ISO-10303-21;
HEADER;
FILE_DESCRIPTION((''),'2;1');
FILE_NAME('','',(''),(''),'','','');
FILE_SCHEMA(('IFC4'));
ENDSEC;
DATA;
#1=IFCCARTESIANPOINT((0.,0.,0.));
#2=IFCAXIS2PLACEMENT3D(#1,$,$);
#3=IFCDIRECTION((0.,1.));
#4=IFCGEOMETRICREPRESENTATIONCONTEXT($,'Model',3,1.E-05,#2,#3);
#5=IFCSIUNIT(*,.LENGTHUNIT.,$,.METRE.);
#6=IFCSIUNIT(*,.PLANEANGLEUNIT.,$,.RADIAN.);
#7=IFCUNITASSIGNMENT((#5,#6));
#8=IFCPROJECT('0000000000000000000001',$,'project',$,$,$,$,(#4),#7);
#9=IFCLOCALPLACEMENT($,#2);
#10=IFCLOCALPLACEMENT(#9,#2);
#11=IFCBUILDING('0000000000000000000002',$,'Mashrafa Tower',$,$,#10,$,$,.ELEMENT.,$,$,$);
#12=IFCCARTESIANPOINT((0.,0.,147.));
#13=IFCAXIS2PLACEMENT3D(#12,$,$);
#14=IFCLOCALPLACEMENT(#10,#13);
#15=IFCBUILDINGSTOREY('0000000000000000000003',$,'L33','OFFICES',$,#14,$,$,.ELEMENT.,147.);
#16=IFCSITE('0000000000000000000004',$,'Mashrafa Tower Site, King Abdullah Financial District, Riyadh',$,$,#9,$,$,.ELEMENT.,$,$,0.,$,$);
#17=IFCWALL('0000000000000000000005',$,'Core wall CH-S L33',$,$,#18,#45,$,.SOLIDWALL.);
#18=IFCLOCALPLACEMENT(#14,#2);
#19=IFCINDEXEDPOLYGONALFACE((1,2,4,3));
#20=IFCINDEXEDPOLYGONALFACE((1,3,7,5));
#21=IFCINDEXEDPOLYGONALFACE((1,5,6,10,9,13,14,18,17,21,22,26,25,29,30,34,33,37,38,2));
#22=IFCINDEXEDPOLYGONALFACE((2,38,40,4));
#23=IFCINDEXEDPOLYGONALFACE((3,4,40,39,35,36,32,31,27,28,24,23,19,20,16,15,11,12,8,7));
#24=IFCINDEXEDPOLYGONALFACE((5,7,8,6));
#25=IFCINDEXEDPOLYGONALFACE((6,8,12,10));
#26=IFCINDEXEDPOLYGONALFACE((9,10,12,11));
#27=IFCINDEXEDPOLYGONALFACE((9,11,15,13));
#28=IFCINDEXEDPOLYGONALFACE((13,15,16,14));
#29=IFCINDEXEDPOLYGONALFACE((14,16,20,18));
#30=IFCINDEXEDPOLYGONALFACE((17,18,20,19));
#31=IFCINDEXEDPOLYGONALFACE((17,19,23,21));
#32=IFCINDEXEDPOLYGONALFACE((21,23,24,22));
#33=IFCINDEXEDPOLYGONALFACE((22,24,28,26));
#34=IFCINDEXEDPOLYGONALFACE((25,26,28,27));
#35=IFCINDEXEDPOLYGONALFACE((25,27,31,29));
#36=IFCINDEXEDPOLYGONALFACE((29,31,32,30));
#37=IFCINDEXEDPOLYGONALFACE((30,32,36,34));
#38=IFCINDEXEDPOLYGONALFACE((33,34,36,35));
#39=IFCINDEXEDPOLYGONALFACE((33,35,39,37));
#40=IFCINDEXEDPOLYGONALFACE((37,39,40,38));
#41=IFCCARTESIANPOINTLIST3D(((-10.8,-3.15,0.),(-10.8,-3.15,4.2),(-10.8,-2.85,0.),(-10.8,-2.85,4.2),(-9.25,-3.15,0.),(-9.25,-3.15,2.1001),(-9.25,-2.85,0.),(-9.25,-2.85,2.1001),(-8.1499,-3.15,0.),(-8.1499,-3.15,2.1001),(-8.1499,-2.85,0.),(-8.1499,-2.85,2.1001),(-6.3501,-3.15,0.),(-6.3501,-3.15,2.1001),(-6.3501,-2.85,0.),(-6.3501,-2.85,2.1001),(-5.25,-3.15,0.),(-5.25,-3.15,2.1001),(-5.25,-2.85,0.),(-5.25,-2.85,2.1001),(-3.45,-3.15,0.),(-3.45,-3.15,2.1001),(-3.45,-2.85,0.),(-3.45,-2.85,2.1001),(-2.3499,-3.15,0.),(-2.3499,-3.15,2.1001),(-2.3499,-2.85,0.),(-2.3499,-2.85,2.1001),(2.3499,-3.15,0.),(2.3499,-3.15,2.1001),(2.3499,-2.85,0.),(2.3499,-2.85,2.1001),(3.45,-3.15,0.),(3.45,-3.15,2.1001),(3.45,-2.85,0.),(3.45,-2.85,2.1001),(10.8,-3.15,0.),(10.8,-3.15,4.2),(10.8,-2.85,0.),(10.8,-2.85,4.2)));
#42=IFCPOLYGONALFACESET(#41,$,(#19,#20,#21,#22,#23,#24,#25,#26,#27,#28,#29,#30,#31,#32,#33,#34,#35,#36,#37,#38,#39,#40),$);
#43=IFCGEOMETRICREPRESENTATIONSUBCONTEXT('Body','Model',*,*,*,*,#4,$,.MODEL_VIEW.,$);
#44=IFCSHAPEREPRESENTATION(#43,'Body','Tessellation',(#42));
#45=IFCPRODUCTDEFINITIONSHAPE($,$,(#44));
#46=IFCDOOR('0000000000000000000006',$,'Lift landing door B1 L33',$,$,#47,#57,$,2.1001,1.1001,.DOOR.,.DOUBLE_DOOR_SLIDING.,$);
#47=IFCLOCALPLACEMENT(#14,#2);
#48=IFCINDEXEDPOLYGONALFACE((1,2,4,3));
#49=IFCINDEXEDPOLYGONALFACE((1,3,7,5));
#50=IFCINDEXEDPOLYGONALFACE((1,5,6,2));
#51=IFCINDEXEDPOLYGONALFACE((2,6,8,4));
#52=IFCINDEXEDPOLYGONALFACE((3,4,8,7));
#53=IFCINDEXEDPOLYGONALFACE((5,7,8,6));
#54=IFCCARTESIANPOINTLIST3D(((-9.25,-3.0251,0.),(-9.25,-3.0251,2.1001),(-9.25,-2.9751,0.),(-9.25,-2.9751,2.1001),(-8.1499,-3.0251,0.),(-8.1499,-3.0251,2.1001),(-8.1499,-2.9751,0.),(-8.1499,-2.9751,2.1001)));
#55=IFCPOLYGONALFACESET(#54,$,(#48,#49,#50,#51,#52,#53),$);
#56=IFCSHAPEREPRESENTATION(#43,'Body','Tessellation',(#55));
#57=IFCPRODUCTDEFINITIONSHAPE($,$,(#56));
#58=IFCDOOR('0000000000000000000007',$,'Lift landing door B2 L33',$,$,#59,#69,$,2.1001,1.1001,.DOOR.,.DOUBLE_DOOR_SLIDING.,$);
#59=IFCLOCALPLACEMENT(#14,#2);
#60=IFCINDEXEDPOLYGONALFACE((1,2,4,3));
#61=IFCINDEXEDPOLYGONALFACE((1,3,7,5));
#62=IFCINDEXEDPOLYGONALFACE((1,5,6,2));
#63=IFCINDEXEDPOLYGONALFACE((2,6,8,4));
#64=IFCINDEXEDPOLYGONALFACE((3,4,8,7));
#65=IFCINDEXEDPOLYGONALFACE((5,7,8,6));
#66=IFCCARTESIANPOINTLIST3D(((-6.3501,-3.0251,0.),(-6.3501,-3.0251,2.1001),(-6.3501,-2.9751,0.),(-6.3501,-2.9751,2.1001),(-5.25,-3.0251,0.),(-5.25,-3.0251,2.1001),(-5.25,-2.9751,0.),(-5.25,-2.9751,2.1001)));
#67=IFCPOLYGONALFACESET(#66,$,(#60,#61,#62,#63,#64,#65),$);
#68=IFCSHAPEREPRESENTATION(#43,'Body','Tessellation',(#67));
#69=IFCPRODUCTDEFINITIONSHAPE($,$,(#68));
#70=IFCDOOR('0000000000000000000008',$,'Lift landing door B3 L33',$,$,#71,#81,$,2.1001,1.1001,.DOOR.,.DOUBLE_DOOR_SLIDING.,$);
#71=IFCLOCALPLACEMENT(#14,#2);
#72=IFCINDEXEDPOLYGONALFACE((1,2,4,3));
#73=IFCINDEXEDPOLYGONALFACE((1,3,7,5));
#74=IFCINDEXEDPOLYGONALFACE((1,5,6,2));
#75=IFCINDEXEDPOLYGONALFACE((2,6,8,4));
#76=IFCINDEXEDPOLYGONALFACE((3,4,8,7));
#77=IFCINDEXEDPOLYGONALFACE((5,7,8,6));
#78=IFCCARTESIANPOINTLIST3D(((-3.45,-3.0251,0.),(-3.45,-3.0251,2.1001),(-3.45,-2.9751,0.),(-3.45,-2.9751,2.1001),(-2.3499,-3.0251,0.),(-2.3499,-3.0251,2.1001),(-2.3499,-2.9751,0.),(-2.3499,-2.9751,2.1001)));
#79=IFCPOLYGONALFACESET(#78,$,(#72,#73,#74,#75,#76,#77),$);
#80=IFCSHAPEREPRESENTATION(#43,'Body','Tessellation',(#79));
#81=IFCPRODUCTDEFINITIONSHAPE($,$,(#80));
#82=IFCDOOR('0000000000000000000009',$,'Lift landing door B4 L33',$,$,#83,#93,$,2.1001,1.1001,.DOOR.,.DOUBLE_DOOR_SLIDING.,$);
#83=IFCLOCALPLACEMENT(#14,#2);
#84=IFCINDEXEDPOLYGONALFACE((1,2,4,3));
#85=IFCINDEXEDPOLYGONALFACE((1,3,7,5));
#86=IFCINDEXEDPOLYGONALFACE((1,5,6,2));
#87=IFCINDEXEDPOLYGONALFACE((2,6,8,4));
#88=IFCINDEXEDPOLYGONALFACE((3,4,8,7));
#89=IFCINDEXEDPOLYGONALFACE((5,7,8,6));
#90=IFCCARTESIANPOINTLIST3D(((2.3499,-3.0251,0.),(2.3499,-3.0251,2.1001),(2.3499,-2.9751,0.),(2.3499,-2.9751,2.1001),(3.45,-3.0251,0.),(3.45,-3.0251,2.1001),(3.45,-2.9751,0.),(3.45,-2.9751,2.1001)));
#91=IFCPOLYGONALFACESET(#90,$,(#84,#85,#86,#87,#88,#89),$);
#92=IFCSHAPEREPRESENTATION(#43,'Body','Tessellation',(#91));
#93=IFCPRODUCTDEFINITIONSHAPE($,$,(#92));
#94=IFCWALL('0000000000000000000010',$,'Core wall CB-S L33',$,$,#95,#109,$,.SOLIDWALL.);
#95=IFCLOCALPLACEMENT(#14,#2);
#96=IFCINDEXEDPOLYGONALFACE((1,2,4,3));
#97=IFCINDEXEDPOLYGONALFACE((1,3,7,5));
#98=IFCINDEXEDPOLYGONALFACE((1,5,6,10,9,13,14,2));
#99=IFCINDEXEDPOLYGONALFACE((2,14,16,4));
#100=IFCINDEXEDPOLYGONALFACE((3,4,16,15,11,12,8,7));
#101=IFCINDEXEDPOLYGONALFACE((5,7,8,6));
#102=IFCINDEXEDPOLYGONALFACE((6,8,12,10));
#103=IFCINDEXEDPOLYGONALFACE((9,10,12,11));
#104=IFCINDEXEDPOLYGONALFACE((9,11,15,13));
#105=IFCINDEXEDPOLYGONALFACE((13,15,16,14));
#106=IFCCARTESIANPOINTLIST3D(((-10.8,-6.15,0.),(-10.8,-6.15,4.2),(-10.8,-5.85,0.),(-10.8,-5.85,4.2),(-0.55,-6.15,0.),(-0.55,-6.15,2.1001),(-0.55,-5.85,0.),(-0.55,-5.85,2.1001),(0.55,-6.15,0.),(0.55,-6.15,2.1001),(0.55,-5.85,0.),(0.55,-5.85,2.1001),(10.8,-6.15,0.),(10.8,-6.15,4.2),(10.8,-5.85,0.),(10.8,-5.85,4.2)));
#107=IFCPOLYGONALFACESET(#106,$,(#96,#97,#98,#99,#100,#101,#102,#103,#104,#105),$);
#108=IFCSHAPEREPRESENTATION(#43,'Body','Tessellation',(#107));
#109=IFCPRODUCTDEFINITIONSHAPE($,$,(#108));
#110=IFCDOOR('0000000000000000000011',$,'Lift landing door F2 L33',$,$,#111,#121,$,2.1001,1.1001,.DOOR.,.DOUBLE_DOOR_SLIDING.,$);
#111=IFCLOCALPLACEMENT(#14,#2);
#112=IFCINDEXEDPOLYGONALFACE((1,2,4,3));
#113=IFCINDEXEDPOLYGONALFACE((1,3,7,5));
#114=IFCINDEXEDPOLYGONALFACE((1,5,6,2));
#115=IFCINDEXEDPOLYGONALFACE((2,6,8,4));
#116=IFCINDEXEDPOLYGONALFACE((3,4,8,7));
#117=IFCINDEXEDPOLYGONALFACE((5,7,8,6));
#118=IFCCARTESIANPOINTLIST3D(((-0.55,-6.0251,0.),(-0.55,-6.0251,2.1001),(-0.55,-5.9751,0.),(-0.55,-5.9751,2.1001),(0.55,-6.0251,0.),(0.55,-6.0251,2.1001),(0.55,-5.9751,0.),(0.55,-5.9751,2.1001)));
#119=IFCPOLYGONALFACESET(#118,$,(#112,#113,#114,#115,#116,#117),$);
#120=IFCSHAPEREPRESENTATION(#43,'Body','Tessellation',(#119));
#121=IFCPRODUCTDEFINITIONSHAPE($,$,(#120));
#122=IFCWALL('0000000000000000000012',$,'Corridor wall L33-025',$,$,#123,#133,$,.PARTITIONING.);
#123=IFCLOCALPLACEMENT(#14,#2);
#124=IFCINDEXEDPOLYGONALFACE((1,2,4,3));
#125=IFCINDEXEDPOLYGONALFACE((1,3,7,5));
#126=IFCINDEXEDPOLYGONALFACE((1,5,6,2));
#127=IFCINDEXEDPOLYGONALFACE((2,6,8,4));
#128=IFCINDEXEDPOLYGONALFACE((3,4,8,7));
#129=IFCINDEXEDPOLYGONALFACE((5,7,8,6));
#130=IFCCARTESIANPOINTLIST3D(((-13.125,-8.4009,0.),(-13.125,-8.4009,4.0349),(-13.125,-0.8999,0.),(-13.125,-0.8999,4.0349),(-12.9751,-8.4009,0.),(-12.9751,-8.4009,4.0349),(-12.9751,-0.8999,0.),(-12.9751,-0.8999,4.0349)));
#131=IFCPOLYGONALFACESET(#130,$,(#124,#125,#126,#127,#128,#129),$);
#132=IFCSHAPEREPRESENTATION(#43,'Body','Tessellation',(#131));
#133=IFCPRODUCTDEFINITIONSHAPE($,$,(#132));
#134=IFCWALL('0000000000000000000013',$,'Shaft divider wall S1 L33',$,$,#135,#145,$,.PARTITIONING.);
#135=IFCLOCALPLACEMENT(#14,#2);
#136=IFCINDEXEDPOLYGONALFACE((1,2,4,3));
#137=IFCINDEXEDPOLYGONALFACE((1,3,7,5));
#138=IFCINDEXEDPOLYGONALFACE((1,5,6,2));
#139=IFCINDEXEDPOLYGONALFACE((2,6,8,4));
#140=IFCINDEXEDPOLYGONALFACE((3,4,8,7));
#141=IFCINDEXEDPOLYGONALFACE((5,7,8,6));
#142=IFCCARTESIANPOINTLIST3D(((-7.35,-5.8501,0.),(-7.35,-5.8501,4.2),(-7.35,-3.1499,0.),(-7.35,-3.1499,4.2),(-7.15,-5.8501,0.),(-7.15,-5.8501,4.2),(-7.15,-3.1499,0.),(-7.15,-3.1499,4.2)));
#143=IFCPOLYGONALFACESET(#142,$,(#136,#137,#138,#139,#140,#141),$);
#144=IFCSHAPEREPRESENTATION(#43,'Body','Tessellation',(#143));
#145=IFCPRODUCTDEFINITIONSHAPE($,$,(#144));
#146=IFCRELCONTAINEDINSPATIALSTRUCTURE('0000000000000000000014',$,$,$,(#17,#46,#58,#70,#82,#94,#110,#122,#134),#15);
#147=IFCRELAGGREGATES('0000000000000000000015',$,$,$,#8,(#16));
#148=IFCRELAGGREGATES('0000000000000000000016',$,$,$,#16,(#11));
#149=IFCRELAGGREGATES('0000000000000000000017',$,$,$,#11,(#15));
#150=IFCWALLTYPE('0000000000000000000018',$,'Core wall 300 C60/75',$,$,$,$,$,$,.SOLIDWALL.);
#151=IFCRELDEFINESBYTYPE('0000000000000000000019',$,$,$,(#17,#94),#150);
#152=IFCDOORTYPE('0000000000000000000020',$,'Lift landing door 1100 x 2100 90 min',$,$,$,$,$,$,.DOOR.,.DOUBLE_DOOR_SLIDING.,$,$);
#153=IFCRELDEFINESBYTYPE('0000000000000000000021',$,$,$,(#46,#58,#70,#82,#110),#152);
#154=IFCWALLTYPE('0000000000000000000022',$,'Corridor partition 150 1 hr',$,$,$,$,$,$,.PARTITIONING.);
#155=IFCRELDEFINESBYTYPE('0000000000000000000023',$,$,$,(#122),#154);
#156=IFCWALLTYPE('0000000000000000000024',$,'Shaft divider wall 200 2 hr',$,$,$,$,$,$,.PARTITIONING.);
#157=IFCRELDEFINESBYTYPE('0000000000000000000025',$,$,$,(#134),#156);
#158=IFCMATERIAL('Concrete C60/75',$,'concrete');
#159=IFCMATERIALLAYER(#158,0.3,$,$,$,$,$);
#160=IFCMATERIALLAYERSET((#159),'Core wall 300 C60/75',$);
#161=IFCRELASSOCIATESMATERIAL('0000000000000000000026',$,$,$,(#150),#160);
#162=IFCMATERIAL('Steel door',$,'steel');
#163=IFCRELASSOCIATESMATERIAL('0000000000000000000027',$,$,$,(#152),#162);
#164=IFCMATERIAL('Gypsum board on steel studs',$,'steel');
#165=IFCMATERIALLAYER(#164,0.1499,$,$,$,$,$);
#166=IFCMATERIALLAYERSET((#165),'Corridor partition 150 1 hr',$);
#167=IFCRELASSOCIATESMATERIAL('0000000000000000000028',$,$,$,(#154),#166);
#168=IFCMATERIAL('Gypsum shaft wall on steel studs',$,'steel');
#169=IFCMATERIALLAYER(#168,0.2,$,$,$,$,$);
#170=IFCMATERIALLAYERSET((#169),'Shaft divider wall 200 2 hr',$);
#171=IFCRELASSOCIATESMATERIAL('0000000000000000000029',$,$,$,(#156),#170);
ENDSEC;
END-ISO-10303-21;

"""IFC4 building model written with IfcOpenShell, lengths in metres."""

from ifc_helpers import new_model, si_unit, direction, frame, frame_2d, origin, place, context, subcontext, project, spatial, rectangle, extrude, material, layer, layer_set, type_object, element, fill, save


model = new_model("IFC4")

# Units and contexts
model_context = context("Model", 3, precision=1e-05, world=origin(), true_north=direction((0.0, 1.0)))
body_context = subcontext(model_context, "Body", "Model", "MODEL_VIEW")
ifc_project = project(units=[si_unit("LENGTHUNIT", "METRE"), si_unit("PLANEANGLEUNIT", "RADIAN")], contexts=[model_context])

# Site, building, storey
site_placement = place(None, origin())
site = spatial("IfcSite", under=ifc_project, at=site_placement, Name="Mashrafa Tower Site, King Abdullah Financial District, Riyadh", CompositionType="ELEMENT", RefElevation=0.0)
building_placement = place(site_placement, origin())
building = spatial("IfcBuilding", under=site, at=building_placement, Name="Mashrafa Tower", CompositionType="ELEMENT")
storey_placement = place(building_placement, frame((0.0, 0.0, 147.0)))
storey = spatial("IfcBuildingStorey", under=building, at=storey_placement, Name="L33", Description="OFFICES", CompositionType="ELEMENT", Elevation=147.0)

# Wall, openings, doors
ifc_material_1 = material(Name="Concrete C60/75", Category="concrete")
ifc_layer_1 = layer(ifc_material_1, 0.3)
ifc_layer_set_1 = layer_set([ifc_layer_1], Name="Core wall 300 C60/75")
wall_type_1 = type_object("IfcWallType", Name="Core wall 300 C60/75", PredefinedType="SOLIDWALL", material=ifc_layer_set_1)
wall_1_placement = place(storey_placement, frame((-10.8, -3.0, 0.0), z_axis=(0.0, 0.0, 1.0), x_axis=(1.0, 0.0, 0.0)))
wall_1 = element("IfcWall", 1, at=wall_1_placement, inside=storey, type_object=wall_type_1, Name="Core wall CH-S L33", PredefinedType="SOLIDWALL", context=body_context, shape_type="SweptSolid", body=[
    extrude(rectangle(XDim=21.6001, YDim=0.3, at=frame_2d((10.8, 0.0))), origin(), (0.0, 0.0, 1.0), 4.2),
])
opening_1_placement = place(wall_1_placement, frame((1.55, 0.0, 0.0)))
opening_1 = element("IfcOpeningElement", 2, at=opening_1_placement, cuts=wall_1, PredefinedType="OPENING", context=body_context, shape_type="SweptSolid", body=[
    extrude(rectangle(XDim=1.1001, YDim=2.1001, at=frame_2d((0.55, 1.05))), frame((0.0, 0.1599, 0.0), z_axis=(0.0, -1.0, 0.0), x_axis=(1.0, 0.0, 0.0)), (0.0, 0.0, 1.0), 0.3201),
])
opening_2_placement = place(wall_1_placement, frame((4.45, 0.0, 0.0)))
opening_2 = element("IfcOpeningElement", 3, at=opening_2_placement, cuts=wall_1, PredefinedType="OPENING", context=body_context, shape_type="SweptSolid", body=[
    extrude(rectangle(XDim=1.1001, YDim=2.1001, at=frame_2d((0.55, 1.05))), frame((0.0, 0.1599, 0.0), z_axis=(0.0, -1.0, 0.0), x_axis=(1.0, 0.0, 0.0)), (0.0, 0.0, 1.0), 0.3201),
])
opening_3_placement = place(wall_1_placement, frame((7.3501, 0.0, 0.0)))
opening_3 = element("IfcOpeningElement", 4, at=opening_3_placement, cuts=wall_1, PredefinedType="OPENING", context=body_context, shape_type="SweptSolid", body=[
    extrude(rectangle(XDim=1.1001, YDim=2.1001, at=frame_2d((0.55, 1.05))), frame((0.0, 0.1599, 0.0), z_axis=(0.0, -1.0, 0.0), x_axis=(1.0, 0.0, 0.0)), (0.0, 0.0, 1.0), 0.3201),
])
opening_4_placement = place(wall_1_placement, frame((13.1499, 0.0, 0.0)))
opening_4 = element("IfcOpeningElement", 5, at=opening_4_placement, cuts=wall_1, PredefinedType="OPENING", context=body_context, shape_type="SweptSolid", body=[
    extrude(rectangle(XDim=1.1001, YDim=2.1001, at=frame_2d((0.55, 1.05))), frame((0.0, 0.1599, 0.0), z_axis=(0.0, -1.0, 0.0), x_axis=(1.0, 0.0, 0.0)), (0.0, 0.0, 1.0), 0.3201),
])
ifc_material_2 = material(Name="Steel door", Category="steel")
door_type_1 = type_object("IfcDoorType", Name="Lift landing door 1100 x 2100 90 min", OperationType="DOUBLE_DOOR_SLIDING", PredefinedType="DOOR", material=ifc_material_2)
door_1_placement = place(opening_1_placement, origin())
door_1 = element("IfcDoor", 6, at=door_1_placement, inside=storey, type_object=door_type_1, Name="Lift landing door B1 L33", OperationType="DOUBLE_DOOR_SLIDING", OverallHeight=2.1001, OverallWidth=1.1001, PredefinedType="DOOR", context=body_context, shape_type="SweptSolid", body=[
    extrude(rectangle(XDim=1.1001, YDim=2.1001, at=frame_2d((0.55, 1.05))), frame((0.0, 0.0249, 0.0), z_axis=(0.0, -1.0, 0.0), x_axis=(1.0, 0.0, 0.0)), (0.0, 0.0, 1.0), 0.05),
])
fill(opening_1, door_1)
door_2_placement = place(opening_2_placement, origin())
door_2 = element("IfcDoor", 7, at=door_2_placement, inside=storey, type_object=door_type_1, Name="Lift landing door B2 L33", OperationType="DOUBLE_DOOR_SLIDING", OverallHeight=2.1001, OverallWidth=1.1001, PredefinedType="DOOR", context=body_context, shape_type="SweptSolid", body=[
    extrude(rectangle(XDim=1.1001, YDim=2.1001, at=frame_2d((0.55, 1.05))), frame((0.0, 0.0249, 0.0), z_axis=(0.0, -1.0, 0.0), x_axis=(1.0, 0.0, 0.0)), (0.0, 0.0, 1.0), 0.05),
])
fill(opening_2, door_2)
door_3_placement = place(opening_3_placement, origin())
door_3 = element("IfcDoor", 8, at=door_3_placement, inside=storey, type_object=door_type_1, Name="Lift landing door B3 L33", OperationType="DOUBLE_DOOR_SLIDING", OverallHeight=2.1001, OverallWidth=1.1001, PredefinedType="DOOR", context=body_context, shape_type="SweptSolid", body=[
    extrude(rectangle(XDim=1.1001, YDim=2.1001, at=frame_2d((0.55, 1.05))), frame((0.0, 0.0249, 0.0), z_axis=(0.0, -1.0, 0.0), x_axis=(1.0, 0.0, 0.0)), (0.0, 0.0, 1.0), 0.05),
])
fill(opening_3, door_3)
door_4_placement = place(opening_4_placement, origin())
door_4 = element("IfcDoor", 9, at=door_4_placement, inside=storey, type_object=door_type_1, Name="Lift landing door B4 L33", OperationType="DOUBLE_DOOR_SLIDING", OverallHeight=2.1001, OverallWidth=1.1001, PredefinedType="DOOR", context=body_context, shape_type="SweptSolid", body=[
    extrude(rectangle(XDim=1.1001, YDim=2.1001, at=frame_2d((0.55, 1.05))), frame((0.0, 0.0249, 0.0), z_axis=(0.0, -1.0, 0.0), x_axis=(1.0, 0.0, 0.0)), (0.0, 0.0, 1.0), 0.05),
])
fill(opening_4, door_4)

# Wall, opening, door
wall_2_placement = place(storey_placement, frame((-10.8, -6.0, 0.0), z_axis=(0.0, 0.0, 1.0), x_axis=(1.0, 0.0, 0.0)))
wall_2 = element("IfcWall", 10, at=wall_2_placement, inside=storey, type_object=wall_type_1, Name="Core wall CB-S L33", PredefinedType="SOLIDWALL", context=body_context, shape_type="SweptSolid", body=[
    extrude(rectangle(XDim=21.6001, YDim=0.3, at=frame_2d((10.8, 0.0))), origin(), (0.0, 0.0, 1.0), 4.2),
])
opening_5_placement = place(wall_2_placement, frame((10.25, 0.0, 0.0)))
opening_5 = element("IfcOpeningElement", 11, at=opening_5_placement, cuts=wall_2, PredefinedType="OPENING", context=body_context, shape_type="SweptSolid", body=[
    extrude(rectangle(XDim=1.1001, YDim=2.1001, at=frame_2d((0.55, 1.05))), frame((0.0, 0.1599, 0.0), z_axis=(0.0, -1.0, 0.0), x_axis=(1.0, 0.0, 0.0)), (0.0, 0.0, 1.0), 0.3201),
])
door_5_placement = place(opening_5_placement, origin())
door_5 = element("IfcDoor", 12, at=door_5_placement, inside=storey, type_object=door_type_1, Name="Lift landing door F2 L33", OperationType="DOUBLE_DOOR_SLIDING", OverallHeight=2.1001, OverallWidth=1.1001, PredefinedType="DOOR", context=body_context, shape_type="SweptSolid", body=[
    extrude(rectangle(XDim=1.1001, YDim=2.1001, at=frame_2d((0.55, 1.05))), frame((0.0, 0.0249, 0.0), z_axis=(0.0, -1.0, 0.0), x_axis=(1.0, 0.0, 0.0)), (0.0, 0.0, 1.0), 0.05),
])
fill(opening_5, door_5)

# Wall
ifc_material_3 = material(Name="Gypsum board on steel studs", Category="steel")
ifc_layer_2 = layer(ifc_material_3, 0.1499)
ifc_layer_set_2 = layer_set([ifc_layer_2], Name="Corridor partition 150 1 hr")
wall_type_2 = type_object("IfcWallType", Name="Corridor partition 150 1 hr", PredefinedType="PARTITIONING", material=ifc_layer_set_2)
wall_3_placement = place(storey_placement, frame((-13.05, -0.8999, 0.0), z_axis=(0.0, 0.0, 1.0), x_axis=(0.0, -1.0, 0.0)))
element("IfcWall", 13, at=wall_3_placement, inside=storey, type_object=wall_type_2, Name="Corridor wall L33-025", PredefinedType="PARTITIONING", context=body_context, shape_type="SweptSolid", body=[
    extrude(rectangle(XDim=7.501, YDim=0.1499, at=frame_2d((3.7505, 0.0))), origin(), (0.0, 0.0, 1.0), 4.0349),
])

# Wall
ifc_material_4 = material(Name="Gypsum shaft wall on steel studs", Category="steel")
ifc_layer_3 = layer(ifc_material_4, 0.2)
ifc_layer_set_3 = layer_set([ifc_layer_3], Name="Shaft divider wall 200 2 hr")
wall_type_3 = type_object("IfcWallType", Name="Shaft divider wall 200 2 hr", PredefinedType="PARTITIONING", material=ifc_layer_set_3)
wall_4_placement = place(storey_placement, frame((-7.25, -5.8501, 0.0), z_axis=(0.0, 0.0, 1.0), x_axis=(0.0, 1.0, 0.0)))
element("IfcWall", 14, at=wall_4_placement, inside=storey, type_object=wall_type_3, Name="Shaft divider wall S1 L33", PredefinedType="PARTITIONING", context=body_context, shape_type="SweptSolid", body=[
    extrude(rectangle(XDim=2.7002, YDim=0.2, at=frame_2d((1.3501, 0.0))), origin(), (0.0, 0.0, 1.0), 4.2),
])

save(model, "model.ifc")
